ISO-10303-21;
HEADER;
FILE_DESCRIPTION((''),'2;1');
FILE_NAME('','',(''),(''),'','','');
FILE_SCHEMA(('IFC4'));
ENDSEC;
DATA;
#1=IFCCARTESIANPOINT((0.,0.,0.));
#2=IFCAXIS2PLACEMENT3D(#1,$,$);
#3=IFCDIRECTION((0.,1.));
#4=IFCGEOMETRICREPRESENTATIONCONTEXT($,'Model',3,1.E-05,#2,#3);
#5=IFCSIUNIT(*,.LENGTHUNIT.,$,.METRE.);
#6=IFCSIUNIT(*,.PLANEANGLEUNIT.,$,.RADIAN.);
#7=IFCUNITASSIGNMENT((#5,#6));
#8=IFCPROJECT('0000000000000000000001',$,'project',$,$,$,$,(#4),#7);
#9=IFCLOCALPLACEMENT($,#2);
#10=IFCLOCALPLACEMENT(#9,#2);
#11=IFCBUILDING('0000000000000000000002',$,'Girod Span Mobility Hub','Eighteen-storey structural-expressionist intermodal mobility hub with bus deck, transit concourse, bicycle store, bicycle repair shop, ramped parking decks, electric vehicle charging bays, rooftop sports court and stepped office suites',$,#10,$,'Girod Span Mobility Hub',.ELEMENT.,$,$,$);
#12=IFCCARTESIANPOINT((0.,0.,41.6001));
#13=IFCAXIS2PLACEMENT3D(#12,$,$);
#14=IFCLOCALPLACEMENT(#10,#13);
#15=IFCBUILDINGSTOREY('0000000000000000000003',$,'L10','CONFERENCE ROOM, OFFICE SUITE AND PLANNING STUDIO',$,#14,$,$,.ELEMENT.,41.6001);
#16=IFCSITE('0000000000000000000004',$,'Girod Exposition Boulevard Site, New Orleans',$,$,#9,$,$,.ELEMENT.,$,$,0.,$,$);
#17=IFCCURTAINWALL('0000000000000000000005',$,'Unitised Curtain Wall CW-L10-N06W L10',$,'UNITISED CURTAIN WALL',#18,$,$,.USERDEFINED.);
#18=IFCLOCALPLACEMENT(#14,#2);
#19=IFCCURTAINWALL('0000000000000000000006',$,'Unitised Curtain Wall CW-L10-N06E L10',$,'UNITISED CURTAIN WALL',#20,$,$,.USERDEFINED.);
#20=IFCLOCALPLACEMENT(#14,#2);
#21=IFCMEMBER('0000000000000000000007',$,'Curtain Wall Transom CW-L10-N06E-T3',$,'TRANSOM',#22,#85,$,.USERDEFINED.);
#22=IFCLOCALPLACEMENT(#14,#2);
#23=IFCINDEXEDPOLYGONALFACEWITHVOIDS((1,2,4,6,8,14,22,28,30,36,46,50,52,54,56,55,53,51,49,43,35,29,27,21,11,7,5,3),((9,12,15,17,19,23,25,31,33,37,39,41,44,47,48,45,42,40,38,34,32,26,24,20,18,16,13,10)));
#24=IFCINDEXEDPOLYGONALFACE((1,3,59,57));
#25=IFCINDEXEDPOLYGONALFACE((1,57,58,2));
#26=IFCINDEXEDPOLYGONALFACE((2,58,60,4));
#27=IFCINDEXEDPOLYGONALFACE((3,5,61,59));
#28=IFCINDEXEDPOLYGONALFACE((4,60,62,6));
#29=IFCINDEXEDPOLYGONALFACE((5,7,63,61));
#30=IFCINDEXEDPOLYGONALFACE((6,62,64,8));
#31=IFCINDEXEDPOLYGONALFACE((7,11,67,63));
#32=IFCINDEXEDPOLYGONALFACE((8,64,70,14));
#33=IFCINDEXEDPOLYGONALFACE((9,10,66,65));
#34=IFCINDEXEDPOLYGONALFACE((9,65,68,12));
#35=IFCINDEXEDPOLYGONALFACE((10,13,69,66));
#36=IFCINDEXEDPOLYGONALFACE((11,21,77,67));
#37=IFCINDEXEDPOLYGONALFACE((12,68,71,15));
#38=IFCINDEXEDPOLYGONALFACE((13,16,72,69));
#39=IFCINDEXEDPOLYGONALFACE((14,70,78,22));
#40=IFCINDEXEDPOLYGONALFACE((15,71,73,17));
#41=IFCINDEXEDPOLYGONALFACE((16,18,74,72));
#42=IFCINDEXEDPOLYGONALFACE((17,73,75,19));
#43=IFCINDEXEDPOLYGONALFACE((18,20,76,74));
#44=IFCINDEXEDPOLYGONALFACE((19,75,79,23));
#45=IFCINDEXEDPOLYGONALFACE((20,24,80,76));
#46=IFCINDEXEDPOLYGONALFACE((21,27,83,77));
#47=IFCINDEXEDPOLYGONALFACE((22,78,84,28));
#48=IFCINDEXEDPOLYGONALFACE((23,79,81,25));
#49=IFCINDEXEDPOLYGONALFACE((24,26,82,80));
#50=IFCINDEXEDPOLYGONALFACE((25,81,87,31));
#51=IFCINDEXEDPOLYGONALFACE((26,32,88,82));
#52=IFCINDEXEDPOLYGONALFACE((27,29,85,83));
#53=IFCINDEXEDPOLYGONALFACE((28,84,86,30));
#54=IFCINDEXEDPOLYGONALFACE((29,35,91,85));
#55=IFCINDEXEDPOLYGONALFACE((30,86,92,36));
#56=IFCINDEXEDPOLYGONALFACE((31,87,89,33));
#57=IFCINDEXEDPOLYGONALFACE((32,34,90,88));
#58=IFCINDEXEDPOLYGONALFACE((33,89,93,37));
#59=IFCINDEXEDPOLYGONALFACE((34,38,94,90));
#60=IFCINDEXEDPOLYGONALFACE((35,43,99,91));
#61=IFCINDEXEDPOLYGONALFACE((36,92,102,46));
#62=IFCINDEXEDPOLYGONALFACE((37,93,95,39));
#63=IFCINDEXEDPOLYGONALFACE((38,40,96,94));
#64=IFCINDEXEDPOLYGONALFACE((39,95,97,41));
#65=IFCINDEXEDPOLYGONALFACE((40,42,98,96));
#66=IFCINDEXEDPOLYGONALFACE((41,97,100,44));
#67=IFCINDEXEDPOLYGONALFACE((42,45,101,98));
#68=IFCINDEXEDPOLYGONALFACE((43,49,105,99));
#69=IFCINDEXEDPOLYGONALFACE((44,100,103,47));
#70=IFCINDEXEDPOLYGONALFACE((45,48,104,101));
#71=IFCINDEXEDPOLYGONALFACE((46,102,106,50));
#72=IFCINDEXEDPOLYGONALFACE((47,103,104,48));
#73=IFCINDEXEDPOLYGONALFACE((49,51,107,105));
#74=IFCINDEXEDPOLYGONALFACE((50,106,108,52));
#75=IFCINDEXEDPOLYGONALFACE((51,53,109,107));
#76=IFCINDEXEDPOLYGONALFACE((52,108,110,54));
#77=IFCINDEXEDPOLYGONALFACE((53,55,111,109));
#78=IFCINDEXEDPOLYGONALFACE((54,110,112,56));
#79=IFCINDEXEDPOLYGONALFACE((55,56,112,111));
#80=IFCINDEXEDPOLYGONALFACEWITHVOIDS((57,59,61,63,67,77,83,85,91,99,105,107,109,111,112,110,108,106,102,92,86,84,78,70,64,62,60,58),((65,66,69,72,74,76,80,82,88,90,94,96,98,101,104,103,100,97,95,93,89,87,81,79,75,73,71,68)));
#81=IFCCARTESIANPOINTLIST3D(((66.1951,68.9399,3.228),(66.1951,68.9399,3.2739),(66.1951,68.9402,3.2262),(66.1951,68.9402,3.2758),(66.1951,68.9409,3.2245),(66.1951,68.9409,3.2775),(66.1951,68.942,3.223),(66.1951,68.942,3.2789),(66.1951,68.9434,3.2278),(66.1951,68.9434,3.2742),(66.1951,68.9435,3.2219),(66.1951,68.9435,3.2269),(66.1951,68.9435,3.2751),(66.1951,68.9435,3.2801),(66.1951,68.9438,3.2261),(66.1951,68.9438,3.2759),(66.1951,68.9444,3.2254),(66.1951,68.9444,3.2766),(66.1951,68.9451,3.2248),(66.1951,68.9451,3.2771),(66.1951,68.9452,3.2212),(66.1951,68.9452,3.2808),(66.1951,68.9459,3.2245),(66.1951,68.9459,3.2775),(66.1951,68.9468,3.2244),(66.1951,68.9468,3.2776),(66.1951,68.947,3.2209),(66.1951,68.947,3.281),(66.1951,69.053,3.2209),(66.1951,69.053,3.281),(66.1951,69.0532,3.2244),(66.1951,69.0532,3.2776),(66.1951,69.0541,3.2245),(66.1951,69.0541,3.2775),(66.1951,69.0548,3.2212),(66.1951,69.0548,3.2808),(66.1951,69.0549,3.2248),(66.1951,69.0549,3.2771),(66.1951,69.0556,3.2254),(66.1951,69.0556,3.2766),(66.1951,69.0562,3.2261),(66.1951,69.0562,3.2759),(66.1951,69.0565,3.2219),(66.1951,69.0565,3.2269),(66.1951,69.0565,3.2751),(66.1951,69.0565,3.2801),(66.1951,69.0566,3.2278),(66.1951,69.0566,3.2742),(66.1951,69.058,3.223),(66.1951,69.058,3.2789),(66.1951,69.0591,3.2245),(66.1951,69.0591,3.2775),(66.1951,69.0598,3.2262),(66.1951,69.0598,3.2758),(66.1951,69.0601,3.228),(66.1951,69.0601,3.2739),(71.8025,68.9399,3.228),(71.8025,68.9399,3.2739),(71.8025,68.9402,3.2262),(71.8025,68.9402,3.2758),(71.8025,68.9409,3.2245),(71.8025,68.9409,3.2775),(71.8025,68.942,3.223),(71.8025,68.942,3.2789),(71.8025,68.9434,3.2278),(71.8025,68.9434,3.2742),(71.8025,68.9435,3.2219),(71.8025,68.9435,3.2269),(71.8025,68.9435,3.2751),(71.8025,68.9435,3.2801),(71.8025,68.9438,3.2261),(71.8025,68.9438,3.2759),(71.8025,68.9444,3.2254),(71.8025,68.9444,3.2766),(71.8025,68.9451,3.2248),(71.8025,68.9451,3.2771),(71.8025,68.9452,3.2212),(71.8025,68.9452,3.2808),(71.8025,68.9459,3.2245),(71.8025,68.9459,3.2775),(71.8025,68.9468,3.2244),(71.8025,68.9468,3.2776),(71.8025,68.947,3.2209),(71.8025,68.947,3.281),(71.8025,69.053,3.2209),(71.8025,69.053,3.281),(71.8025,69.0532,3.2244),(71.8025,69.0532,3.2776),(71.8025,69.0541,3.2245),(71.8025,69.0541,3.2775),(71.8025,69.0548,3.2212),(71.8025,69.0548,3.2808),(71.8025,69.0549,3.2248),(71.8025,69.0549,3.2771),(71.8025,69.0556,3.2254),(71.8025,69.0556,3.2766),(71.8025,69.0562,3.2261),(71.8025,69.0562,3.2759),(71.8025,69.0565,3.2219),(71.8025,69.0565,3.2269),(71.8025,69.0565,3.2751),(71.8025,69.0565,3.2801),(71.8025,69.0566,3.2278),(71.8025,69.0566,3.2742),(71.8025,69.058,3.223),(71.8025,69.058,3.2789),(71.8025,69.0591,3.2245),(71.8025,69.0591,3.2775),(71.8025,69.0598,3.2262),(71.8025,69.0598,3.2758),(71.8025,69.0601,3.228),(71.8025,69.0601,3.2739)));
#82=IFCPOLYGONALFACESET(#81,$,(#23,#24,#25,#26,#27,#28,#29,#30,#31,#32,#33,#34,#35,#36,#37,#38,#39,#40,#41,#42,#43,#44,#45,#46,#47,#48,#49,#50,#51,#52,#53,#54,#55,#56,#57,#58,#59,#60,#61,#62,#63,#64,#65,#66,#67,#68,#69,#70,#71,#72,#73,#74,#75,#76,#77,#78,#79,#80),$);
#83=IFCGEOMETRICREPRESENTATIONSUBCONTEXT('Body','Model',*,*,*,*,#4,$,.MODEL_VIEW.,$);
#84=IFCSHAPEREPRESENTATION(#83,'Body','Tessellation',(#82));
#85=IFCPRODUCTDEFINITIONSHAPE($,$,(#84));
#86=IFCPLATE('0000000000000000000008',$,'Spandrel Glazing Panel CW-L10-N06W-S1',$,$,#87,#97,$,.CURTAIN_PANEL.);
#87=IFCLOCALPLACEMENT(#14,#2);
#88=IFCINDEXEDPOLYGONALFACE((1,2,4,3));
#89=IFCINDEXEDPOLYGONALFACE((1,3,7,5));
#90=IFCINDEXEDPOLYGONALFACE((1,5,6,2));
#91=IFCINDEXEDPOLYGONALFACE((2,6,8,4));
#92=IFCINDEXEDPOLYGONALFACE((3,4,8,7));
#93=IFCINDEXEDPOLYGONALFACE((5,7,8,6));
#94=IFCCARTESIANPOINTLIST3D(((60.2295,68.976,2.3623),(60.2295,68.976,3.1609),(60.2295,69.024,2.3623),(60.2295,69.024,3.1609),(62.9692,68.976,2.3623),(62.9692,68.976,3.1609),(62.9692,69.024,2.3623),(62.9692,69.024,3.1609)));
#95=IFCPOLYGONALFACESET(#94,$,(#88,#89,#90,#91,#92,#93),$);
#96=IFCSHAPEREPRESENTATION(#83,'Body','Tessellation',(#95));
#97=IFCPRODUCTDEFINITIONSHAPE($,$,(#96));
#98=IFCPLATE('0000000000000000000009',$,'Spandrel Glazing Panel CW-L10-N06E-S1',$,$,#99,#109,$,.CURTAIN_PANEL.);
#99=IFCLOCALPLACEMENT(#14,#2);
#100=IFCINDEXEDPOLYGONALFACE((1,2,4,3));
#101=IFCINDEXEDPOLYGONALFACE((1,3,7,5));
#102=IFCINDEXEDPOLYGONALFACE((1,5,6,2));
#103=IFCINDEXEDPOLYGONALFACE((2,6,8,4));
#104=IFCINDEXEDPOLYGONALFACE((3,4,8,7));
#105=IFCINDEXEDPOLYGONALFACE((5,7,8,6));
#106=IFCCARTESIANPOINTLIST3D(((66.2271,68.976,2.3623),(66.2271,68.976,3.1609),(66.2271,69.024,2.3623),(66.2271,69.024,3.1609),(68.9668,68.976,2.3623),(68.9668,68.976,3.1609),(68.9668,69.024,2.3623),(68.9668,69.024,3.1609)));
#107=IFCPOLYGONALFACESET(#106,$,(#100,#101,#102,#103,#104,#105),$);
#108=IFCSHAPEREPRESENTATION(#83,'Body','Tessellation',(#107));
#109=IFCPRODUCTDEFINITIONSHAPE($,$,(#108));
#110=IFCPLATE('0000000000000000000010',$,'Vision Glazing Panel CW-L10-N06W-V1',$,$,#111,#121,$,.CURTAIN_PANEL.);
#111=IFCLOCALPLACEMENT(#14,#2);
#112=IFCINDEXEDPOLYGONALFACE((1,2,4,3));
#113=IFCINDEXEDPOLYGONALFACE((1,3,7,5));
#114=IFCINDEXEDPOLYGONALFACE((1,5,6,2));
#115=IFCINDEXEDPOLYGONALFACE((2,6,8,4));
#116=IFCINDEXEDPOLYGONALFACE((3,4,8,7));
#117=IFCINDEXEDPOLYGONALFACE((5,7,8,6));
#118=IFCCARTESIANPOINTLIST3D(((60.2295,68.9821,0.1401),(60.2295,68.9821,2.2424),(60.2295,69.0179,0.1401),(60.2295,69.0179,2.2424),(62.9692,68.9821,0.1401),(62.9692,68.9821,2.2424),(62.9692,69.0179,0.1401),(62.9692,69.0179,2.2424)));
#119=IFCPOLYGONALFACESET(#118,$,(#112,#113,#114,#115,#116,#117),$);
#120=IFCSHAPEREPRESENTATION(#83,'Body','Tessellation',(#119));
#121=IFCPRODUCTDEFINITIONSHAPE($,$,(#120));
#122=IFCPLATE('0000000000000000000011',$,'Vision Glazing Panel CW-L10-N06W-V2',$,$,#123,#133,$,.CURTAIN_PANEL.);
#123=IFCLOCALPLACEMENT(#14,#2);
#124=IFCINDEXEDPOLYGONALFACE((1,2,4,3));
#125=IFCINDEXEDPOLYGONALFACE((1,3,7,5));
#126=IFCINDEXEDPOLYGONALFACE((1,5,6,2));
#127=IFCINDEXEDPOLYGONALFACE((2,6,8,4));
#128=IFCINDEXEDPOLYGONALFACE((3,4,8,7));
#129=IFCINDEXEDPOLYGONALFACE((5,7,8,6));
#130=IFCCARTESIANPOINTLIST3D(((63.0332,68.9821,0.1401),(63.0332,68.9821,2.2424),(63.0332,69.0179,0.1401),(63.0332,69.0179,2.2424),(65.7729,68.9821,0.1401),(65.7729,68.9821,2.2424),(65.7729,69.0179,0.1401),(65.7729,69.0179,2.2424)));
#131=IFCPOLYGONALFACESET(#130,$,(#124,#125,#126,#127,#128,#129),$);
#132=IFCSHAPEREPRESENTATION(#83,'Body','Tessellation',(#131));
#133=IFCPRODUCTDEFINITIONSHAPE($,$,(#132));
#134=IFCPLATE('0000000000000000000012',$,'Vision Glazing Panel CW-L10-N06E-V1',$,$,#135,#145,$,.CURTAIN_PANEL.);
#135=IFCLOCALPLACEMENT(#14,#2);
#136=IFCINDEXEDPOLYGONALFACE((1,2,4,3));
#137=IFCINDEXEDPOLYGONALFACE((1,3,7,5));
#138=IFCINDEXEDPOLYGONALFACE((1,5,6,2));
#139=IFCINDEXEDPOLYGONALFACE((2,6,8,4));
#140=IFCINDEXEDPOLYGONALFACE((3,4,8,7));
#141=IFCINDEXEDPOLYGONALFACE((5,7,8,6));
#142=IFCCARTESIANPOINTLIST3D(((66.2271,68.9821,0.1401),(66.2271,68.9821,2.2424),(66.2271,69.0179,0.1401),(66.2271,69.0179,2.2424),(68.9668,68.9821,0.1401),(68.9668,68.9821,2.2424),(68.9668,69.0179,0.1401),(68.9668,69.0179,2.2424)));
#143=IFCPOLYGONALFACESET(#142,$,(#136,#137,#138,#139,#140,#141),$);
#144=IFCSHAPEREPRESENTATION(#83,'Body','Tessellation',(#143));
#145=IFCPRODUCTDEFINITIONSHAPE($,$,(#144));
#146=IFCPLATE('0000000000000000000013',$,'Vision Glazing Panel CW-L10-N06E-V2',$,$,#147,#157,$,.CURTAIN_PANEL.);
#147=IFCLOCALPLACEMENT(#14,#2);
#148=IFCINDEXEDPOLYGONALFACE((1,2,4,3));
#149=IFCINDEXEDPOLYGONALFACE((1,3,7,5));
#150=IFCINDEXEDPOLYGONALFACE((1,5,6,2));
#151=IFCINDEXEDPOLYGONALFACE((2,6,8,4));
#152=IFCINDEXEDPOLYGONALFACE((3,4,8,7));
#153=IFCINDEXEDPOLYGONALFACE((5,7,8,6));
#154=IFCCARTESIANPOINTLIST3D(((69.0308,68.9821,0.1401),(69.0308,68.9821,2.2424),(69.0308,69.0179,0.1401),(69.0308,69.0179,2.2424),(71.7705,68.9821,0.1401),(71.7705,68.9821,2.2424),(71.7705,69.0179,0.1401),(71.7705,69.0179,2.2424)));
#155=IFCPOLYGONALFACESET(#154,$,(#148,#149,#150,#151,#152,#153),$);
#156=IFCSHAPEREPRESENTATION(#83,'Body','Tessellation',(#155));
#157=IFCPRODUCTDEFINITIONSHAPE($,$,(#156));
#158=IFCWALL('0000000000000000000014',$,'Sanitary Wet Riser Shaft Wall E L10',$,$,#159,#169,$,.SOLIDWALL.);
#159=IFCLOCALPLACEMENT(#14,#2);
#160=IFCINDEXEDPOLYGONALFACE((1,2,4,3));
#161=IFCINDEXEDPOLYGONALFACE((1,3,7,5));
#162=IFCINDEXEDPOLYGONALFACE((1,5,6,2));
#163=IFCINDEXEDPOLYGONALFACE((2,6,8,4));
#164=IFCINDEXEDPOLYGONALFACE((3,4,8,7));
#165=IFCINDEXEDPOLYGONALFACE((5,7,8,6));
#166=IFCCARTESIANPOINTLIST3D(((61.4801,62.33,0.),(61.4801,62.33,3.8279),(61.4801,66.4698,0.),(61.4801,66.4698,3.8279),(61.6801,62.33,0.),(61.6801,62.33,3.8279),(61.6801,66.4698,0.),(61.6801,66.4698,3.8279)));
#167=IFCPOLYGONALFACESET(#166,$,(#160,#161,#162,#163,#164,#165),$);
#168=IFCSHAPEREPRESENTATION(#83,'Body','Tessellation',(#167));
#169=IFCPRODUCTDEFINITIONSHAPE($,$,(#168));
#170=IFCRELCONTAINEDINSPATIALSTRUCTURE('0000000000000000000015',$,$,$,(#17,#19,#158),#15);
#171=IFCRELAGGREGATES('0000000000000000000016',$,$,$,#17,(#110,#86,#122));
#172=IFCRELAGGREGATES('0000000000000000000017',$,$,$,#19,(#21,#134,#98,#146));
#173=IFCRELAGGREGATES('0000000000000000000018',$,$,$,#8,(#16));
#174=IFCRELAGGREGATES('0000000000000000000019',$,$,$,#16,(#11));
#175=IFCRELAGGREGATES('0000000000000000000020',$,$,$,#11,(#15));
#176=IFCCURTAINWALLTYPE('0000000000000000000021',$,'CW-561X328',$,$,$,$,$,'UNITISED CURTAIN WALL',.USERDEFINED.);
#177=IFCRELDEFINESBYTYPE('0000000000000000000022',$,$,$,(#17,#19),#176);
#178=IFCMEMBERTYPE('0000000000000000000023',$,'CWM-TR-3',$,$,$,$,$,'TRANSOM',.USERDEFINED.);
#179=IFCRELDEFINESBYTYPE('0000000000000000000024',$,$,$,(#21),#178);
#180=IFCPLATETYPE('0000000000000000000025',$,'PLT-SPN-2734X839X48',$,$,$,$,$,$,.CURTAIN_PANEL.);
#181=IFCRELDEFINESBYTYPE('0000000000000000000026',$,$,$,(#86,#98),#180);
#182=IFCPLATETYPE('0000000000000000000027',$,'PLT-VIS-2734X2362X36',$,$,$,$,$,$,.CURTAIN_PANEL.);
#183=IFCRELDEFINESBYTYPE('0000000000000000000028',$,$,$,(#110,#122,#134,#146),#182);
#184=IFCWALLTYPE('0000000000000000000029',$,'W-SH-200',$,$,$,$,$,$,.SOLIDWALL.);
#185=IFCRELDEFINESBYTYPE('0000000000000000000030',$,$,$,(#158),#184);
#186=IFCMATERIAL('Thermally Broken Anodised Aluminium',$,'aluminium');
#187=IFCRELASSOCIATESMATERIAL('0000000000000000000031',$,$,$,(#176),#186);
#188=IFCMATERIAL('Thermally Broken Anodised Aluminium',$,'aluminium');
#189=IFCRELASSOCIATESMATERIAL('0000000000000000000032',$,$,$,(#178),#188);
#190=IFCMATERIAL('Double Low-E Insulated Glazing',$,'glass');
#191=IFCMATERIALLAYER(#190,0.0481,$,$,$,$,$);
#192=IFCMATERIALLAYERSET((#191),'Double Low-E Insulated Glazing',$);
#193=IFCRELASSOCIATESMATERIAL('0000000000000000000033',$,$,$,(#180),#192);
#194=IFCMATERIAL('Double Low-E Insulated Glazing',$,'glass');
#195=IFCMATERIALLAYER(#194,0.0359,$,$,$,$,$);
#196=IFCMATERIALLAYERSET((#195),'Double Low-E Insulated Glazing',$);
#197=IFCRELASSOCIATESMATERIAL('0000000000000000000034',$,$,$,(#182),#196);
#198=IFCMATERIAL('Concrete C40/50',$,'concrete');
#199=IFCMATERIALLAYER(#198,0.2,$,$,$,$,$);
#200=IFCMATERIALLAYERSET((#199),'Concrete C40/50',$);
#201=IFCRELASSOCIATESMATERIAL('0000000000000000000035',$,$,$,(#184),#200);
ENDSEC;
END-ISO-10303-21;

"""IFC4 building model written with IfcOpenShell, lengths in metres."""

from ifc_helpers import new_model, si_unit, direction, frame, frame_2d, origin, origin_2d, place, context, subcontext, project, spatial, rectangle, hollow_rectangle, extrude, material, layer, layer_set, material_profile, profile_set, type_object, element, aggregate, save


model = new_model("IFC4")

# Units and contexts
model_context = context("Model", 3, precision=1e-05, world=origin(), true_north=direction((0.0, 1.0)))
body_context = subcontext(model_context, "Body", "Model", "MODEL_VIEW")
ifc_project = project(units=[si_unit("LENGTHUNIT", "METRE"), si_unit("PLANEANGLEUNIT", "RADIAN")], contexts=[model_context])

# Site, building, storey
site_placement = place(None, origin())
site = spatial("IfcSite", under=ifc_project, at=site_placement, Name="Girod Exposition Boulevard Site, New Orleans", CompositionType="ELEMENT", RefElevation=0.0)
building_placement = place(site_placement, origin())
building = spatial("IfcBuilding", under=site, at=building_placement, Name="Girod Span Mobility Hub", Description="Eighteen-storey structural-expressionist intermodal mobility hub with bus deck, transit concourse, bicycle store, bicycle repair shop, ramped parking decks, electric vehicle charging bays, rooftop sports court and stepped office suites", LongName="Girod Span Mobility Hub", CompositionType="ELEMENT")
storey_placement = place(building_placement, frame((0.0, 0.0, 41.6001)))
storey = spatial("IfcBuildingStorey", under=building, at=storey_placement, Name="L10", Description="CONFERENCE ROOM, OFFICE SUITE AND PLANNING STUDIO", CompositionType="ELEMENT", Elevation=41.6001)

# Curtain walls, member
ifc_material_1 = material(Name="Thermally Broken Anodised Aluminium", Category="aluminium")
curtain_wall_type = type_object("IfcCurtainWallType", Name="CW-561X328", ElementType="UNITISED CURTAIN WALL", PredefinedType="USERDEFINED", material=ifc_material_1)
curtain_wall_1_placement = place(storey_placement, origin())
curtain_wall_1 = element("IfcCurtainWall", 1, at=curtain_wall_1_placement, inside=storey, type_object=curtain_wall_type, Name="Unitised Curtain Wall CW-L10-N06W L10", ObjectType="UNITISED CURTAIN WALL", PredefinedType="USERDEFINED")
curtain_wall_2_placement = place(storey_placement, origin())
curtain_wall_2 = element("IfcCurtainWall", 2, at=curtain_wall_2_placement, inside=storey, type_object=curtain_wall_type, Name="Unitised Curtain Wall CW-L10-N06E L10", ObjectType="UNITISED CURTAIN WALL", PredefinedType="USERDEFINED")
ifc_material_2 = material(Name="Thermally Broken Anodised Aluminium", Category="aluminium")
ifc_material_profile_1 = material_profile(ifc_material_2, hollow_rectangle(XDim=0.1201, YDim=0.0601, WallThickness=0.0034, InnerFilletRadius=0.0034, OuterFilletRadius=0.0071, at=origin_2d()), Name="CW-TR-60X120")
ifc_profile_set_1 = profile_set([ifc_material_profile_1], Name="Thermally Broken Anodised Aluminium")
member_type_1 = type_object("IfcMemberType", Name="CWM-TR-3", ElementType="TRANSOM", PredefinedType="USERDEFINED", material=ifc_profile_set_1)
member_1_placement = place(storey_placement, frame((66.1951, 69.0, 3.251), z_axis=(1.0, 0.0, 0.0), x_axis=(0.0, 1.0, 0.0)))
member_1 = element("IfcMember", 3, at=member_1_placement, type_object=member_type_1, Name="Curtain Wall Transom CW-L10-N06E-T3", ObjectType="TRANSOM", PredefinedType="USERDEFINED", context=body_context, shape_type="SweptSolid", body=[
    extrude(hollow_rectangle(XDim=0.1201, YDim=0.0601, WallThickness=0.0034, InnerFilletRadius=0.0034, OuterFilletRadius=0.0071, at=origin_2d()), origin(), (0.0, 0.0, 1.0), 5.6074),
])

# Plates
ifc_material_3 = material(Name="Double Low-E Insulated Glazing", Category="glass")
ifc_layer_1 = layer(ifc_material_3, 0.0481)
ifc_layer_set_1 = layer_set([ifc_layer_1], Name="Double Low-E Insulated Glazing")
plate_type_1 = type_object("IfcPlateType", Name="PLT-SPN-2734X839X48", PredefinedType="CURTAIN_PANEL", material=ifc_layer_set_1)
plate_1_placement = place(storey_placement, frame((61.5994, 69.0, 2.3623), z_axis=(0.0, 0.0, 1.0), x_axis=(1.0, 0.0, 0.0)))
plate_1 = element("IfcPlate", 4, at=plate_1_placement, type_object=plate_type_1, Name="Spandrel Glazing Panel CW-L10-N06W-S1", PredefinedType="CURTAIN_PANEL", context=body_context, shape_type="SweptSolid", body=[
    extrude(rectangle(XDim=2.7397, YDim=0.0481, at=origin_2d()), origin(), (0.0, 0.0, 1.0), 0.7986),
])
plate_2_placement = place(storey_placement, frame((67.5969, 69.0, 2.3623), z_axis=(0.0, 0.0, 1.0), x_axis=(1.0, 0.0, 0.0)))
plate_2 = element("IfcPlate", 5, at=plate_2_placement, type_object=plate_type_1, Name="Spandrel Glazing Panel CW-L10-N06E-S1", PredefinedType="CURTAIN_PANEL", context=body_context, shape_type="SweptSolid", body=[
    extrude(rectangle(XDim=2.7397, YDim=0.0481, at=origin_2d()), origin(), (0.0, 0.0, 1.0), 0.7986),
])
ifc_material_4 = material(Name="Double Low-E Insulated Glazing", Category="glass")
ifc_layer_2 = layer(ifc_material_4, 0.0359)
ifc_layer_set_2 = layer_set([ifc_layer_2], Name="Double Low-E Insulated Glazing")
plate_type_2 = type_object("IfcPlateType", Name="PLT-VIS-2734X2362X36", PredefinedType="CURTAIN_PANEL", material=ifc_layer_set_2)
plate_3_placement = place(storey_placement, frame((61.5994, 69.0, 0.1401), z_axis=(0.0, 0.0, 1.0), x_axis=(1.0, 0.0, 0.0)))
plate_3 = element("IfcPlate", 6, at=plate_3_placement, type_object=plate_type_2, Name="Vision Glazing Panel CW-L10-N06W-V1", PredefinedType="CURTAIN_PANEL", context=body_context, shape_type="SweptSolid", body=[
    extrude(rectangle(XDim=2.7397, YDim=0.0359, at=origin_2d()), origin(), (0.0, 0.0, 1.0), 2.1023),
])
plate_4_placement = place(storey_placement, frame((64.4031, 69.0, 0.1401), z_axis=(0.0, 0.0, 1.0), x_axis=(1.0, 0.0, 0.0)))
plate_4 = element("IfcPlate", 7, at=plate_4_placement, type_object=plate_type_2, Name="Vision Glazing Panel CW-L10-N06W-V2", PredefinedType="CURTAIN_PANEL", context=body_context, shape_type="SweptSolid", body=[
    extrude(rectangle(XDim=2.7397, YDim=0.0359, at=origin_2d()), origin(), (0.0, 0.0, 1.0), 2.1023),
])
aggregate(curtain_wall_1, [plate_3, plate_1, plate_4])
plate_5_placement = place(storey_placement, frame((67.5969, 69.0, 0.1401), z_axis=(0.0, 0.0, 1.0), x_axis=(1.0, 0.0, 0.0)))
plate_5 = element("IfcPlate", 8, at=plate_5_placement, type_object=plate_type_2, Name="Vision Glazing Panel CW-L10-N06E-V1", PredefinedType="CURTAIN_PANEL", context=body_context, shape_type="SweptSolid", body=[
    extrude(rectangle(XDim=2.7397, YDim=0.0359, at=origin_2d()), origin(), (0.0, 0.0, 1.0), 2.1023),
])
plate_6_placement = place(storey_placement, frame((70.4006, 69.0, 0.1401), z_axis=(0.0, 0.0, 1.0), x_axis=(1.0, 0.0, 0.0)))
plate_6 = element("IfcPlate", 9, at=plate_6_placement, type_object=plate_type_2, Name="Vision Glazing Panel CW-L10-N06E-V2", PredefinedType="CURTAIN_PANEL", context=body_context, shape_type="SweptSolid", body=[
    extrude(rectangle(XDim=2.7397, YDim=0.0359, at=origin_2d()), origin(), (0.0, 0.0, 1.0), 2.1023),
])
aggregate(curtain_wall_2, [member_1, plate_5, plate_2, plate_6])

# Wall
ifc_material_5 = material(Name="Concrete C40/50", Category="concrete")
ifc_layer_3 = layer(ifc_material_5, 0.2)
ifc_layer_set_3 = layer_set([ifc_layer_3], Name="Concrete C40/50")
wall_type = type_object("IfcWallType", Name="W-SH-200", PredefinedType="SOLIDWALL", material=ifc_layer_set_3)
wall_placement = place(storey_placement, frame((61.5801, 62.3301, 0.0), z_axis=(0.0, 0.0, 1.0), x_axis=(0.0, 1.0, 0.0)))
element("IfcWall", 10, at=wall_placement, inside=storey, type_object=wall_type, Name="Sanitary Wet Riser Shaft Wall E L10", PredefinedType="SOLIDWALL", context=body_context, shape_type="SweptSolid", body=[
    extrude(rectangle(XDim=4.1399, YDim=0.2, at=frame_2d((2.0698, 0.0))), origin(), (0.0, 0.0, 1.0), 3.8279),
])

save(model, "model.ifc")
